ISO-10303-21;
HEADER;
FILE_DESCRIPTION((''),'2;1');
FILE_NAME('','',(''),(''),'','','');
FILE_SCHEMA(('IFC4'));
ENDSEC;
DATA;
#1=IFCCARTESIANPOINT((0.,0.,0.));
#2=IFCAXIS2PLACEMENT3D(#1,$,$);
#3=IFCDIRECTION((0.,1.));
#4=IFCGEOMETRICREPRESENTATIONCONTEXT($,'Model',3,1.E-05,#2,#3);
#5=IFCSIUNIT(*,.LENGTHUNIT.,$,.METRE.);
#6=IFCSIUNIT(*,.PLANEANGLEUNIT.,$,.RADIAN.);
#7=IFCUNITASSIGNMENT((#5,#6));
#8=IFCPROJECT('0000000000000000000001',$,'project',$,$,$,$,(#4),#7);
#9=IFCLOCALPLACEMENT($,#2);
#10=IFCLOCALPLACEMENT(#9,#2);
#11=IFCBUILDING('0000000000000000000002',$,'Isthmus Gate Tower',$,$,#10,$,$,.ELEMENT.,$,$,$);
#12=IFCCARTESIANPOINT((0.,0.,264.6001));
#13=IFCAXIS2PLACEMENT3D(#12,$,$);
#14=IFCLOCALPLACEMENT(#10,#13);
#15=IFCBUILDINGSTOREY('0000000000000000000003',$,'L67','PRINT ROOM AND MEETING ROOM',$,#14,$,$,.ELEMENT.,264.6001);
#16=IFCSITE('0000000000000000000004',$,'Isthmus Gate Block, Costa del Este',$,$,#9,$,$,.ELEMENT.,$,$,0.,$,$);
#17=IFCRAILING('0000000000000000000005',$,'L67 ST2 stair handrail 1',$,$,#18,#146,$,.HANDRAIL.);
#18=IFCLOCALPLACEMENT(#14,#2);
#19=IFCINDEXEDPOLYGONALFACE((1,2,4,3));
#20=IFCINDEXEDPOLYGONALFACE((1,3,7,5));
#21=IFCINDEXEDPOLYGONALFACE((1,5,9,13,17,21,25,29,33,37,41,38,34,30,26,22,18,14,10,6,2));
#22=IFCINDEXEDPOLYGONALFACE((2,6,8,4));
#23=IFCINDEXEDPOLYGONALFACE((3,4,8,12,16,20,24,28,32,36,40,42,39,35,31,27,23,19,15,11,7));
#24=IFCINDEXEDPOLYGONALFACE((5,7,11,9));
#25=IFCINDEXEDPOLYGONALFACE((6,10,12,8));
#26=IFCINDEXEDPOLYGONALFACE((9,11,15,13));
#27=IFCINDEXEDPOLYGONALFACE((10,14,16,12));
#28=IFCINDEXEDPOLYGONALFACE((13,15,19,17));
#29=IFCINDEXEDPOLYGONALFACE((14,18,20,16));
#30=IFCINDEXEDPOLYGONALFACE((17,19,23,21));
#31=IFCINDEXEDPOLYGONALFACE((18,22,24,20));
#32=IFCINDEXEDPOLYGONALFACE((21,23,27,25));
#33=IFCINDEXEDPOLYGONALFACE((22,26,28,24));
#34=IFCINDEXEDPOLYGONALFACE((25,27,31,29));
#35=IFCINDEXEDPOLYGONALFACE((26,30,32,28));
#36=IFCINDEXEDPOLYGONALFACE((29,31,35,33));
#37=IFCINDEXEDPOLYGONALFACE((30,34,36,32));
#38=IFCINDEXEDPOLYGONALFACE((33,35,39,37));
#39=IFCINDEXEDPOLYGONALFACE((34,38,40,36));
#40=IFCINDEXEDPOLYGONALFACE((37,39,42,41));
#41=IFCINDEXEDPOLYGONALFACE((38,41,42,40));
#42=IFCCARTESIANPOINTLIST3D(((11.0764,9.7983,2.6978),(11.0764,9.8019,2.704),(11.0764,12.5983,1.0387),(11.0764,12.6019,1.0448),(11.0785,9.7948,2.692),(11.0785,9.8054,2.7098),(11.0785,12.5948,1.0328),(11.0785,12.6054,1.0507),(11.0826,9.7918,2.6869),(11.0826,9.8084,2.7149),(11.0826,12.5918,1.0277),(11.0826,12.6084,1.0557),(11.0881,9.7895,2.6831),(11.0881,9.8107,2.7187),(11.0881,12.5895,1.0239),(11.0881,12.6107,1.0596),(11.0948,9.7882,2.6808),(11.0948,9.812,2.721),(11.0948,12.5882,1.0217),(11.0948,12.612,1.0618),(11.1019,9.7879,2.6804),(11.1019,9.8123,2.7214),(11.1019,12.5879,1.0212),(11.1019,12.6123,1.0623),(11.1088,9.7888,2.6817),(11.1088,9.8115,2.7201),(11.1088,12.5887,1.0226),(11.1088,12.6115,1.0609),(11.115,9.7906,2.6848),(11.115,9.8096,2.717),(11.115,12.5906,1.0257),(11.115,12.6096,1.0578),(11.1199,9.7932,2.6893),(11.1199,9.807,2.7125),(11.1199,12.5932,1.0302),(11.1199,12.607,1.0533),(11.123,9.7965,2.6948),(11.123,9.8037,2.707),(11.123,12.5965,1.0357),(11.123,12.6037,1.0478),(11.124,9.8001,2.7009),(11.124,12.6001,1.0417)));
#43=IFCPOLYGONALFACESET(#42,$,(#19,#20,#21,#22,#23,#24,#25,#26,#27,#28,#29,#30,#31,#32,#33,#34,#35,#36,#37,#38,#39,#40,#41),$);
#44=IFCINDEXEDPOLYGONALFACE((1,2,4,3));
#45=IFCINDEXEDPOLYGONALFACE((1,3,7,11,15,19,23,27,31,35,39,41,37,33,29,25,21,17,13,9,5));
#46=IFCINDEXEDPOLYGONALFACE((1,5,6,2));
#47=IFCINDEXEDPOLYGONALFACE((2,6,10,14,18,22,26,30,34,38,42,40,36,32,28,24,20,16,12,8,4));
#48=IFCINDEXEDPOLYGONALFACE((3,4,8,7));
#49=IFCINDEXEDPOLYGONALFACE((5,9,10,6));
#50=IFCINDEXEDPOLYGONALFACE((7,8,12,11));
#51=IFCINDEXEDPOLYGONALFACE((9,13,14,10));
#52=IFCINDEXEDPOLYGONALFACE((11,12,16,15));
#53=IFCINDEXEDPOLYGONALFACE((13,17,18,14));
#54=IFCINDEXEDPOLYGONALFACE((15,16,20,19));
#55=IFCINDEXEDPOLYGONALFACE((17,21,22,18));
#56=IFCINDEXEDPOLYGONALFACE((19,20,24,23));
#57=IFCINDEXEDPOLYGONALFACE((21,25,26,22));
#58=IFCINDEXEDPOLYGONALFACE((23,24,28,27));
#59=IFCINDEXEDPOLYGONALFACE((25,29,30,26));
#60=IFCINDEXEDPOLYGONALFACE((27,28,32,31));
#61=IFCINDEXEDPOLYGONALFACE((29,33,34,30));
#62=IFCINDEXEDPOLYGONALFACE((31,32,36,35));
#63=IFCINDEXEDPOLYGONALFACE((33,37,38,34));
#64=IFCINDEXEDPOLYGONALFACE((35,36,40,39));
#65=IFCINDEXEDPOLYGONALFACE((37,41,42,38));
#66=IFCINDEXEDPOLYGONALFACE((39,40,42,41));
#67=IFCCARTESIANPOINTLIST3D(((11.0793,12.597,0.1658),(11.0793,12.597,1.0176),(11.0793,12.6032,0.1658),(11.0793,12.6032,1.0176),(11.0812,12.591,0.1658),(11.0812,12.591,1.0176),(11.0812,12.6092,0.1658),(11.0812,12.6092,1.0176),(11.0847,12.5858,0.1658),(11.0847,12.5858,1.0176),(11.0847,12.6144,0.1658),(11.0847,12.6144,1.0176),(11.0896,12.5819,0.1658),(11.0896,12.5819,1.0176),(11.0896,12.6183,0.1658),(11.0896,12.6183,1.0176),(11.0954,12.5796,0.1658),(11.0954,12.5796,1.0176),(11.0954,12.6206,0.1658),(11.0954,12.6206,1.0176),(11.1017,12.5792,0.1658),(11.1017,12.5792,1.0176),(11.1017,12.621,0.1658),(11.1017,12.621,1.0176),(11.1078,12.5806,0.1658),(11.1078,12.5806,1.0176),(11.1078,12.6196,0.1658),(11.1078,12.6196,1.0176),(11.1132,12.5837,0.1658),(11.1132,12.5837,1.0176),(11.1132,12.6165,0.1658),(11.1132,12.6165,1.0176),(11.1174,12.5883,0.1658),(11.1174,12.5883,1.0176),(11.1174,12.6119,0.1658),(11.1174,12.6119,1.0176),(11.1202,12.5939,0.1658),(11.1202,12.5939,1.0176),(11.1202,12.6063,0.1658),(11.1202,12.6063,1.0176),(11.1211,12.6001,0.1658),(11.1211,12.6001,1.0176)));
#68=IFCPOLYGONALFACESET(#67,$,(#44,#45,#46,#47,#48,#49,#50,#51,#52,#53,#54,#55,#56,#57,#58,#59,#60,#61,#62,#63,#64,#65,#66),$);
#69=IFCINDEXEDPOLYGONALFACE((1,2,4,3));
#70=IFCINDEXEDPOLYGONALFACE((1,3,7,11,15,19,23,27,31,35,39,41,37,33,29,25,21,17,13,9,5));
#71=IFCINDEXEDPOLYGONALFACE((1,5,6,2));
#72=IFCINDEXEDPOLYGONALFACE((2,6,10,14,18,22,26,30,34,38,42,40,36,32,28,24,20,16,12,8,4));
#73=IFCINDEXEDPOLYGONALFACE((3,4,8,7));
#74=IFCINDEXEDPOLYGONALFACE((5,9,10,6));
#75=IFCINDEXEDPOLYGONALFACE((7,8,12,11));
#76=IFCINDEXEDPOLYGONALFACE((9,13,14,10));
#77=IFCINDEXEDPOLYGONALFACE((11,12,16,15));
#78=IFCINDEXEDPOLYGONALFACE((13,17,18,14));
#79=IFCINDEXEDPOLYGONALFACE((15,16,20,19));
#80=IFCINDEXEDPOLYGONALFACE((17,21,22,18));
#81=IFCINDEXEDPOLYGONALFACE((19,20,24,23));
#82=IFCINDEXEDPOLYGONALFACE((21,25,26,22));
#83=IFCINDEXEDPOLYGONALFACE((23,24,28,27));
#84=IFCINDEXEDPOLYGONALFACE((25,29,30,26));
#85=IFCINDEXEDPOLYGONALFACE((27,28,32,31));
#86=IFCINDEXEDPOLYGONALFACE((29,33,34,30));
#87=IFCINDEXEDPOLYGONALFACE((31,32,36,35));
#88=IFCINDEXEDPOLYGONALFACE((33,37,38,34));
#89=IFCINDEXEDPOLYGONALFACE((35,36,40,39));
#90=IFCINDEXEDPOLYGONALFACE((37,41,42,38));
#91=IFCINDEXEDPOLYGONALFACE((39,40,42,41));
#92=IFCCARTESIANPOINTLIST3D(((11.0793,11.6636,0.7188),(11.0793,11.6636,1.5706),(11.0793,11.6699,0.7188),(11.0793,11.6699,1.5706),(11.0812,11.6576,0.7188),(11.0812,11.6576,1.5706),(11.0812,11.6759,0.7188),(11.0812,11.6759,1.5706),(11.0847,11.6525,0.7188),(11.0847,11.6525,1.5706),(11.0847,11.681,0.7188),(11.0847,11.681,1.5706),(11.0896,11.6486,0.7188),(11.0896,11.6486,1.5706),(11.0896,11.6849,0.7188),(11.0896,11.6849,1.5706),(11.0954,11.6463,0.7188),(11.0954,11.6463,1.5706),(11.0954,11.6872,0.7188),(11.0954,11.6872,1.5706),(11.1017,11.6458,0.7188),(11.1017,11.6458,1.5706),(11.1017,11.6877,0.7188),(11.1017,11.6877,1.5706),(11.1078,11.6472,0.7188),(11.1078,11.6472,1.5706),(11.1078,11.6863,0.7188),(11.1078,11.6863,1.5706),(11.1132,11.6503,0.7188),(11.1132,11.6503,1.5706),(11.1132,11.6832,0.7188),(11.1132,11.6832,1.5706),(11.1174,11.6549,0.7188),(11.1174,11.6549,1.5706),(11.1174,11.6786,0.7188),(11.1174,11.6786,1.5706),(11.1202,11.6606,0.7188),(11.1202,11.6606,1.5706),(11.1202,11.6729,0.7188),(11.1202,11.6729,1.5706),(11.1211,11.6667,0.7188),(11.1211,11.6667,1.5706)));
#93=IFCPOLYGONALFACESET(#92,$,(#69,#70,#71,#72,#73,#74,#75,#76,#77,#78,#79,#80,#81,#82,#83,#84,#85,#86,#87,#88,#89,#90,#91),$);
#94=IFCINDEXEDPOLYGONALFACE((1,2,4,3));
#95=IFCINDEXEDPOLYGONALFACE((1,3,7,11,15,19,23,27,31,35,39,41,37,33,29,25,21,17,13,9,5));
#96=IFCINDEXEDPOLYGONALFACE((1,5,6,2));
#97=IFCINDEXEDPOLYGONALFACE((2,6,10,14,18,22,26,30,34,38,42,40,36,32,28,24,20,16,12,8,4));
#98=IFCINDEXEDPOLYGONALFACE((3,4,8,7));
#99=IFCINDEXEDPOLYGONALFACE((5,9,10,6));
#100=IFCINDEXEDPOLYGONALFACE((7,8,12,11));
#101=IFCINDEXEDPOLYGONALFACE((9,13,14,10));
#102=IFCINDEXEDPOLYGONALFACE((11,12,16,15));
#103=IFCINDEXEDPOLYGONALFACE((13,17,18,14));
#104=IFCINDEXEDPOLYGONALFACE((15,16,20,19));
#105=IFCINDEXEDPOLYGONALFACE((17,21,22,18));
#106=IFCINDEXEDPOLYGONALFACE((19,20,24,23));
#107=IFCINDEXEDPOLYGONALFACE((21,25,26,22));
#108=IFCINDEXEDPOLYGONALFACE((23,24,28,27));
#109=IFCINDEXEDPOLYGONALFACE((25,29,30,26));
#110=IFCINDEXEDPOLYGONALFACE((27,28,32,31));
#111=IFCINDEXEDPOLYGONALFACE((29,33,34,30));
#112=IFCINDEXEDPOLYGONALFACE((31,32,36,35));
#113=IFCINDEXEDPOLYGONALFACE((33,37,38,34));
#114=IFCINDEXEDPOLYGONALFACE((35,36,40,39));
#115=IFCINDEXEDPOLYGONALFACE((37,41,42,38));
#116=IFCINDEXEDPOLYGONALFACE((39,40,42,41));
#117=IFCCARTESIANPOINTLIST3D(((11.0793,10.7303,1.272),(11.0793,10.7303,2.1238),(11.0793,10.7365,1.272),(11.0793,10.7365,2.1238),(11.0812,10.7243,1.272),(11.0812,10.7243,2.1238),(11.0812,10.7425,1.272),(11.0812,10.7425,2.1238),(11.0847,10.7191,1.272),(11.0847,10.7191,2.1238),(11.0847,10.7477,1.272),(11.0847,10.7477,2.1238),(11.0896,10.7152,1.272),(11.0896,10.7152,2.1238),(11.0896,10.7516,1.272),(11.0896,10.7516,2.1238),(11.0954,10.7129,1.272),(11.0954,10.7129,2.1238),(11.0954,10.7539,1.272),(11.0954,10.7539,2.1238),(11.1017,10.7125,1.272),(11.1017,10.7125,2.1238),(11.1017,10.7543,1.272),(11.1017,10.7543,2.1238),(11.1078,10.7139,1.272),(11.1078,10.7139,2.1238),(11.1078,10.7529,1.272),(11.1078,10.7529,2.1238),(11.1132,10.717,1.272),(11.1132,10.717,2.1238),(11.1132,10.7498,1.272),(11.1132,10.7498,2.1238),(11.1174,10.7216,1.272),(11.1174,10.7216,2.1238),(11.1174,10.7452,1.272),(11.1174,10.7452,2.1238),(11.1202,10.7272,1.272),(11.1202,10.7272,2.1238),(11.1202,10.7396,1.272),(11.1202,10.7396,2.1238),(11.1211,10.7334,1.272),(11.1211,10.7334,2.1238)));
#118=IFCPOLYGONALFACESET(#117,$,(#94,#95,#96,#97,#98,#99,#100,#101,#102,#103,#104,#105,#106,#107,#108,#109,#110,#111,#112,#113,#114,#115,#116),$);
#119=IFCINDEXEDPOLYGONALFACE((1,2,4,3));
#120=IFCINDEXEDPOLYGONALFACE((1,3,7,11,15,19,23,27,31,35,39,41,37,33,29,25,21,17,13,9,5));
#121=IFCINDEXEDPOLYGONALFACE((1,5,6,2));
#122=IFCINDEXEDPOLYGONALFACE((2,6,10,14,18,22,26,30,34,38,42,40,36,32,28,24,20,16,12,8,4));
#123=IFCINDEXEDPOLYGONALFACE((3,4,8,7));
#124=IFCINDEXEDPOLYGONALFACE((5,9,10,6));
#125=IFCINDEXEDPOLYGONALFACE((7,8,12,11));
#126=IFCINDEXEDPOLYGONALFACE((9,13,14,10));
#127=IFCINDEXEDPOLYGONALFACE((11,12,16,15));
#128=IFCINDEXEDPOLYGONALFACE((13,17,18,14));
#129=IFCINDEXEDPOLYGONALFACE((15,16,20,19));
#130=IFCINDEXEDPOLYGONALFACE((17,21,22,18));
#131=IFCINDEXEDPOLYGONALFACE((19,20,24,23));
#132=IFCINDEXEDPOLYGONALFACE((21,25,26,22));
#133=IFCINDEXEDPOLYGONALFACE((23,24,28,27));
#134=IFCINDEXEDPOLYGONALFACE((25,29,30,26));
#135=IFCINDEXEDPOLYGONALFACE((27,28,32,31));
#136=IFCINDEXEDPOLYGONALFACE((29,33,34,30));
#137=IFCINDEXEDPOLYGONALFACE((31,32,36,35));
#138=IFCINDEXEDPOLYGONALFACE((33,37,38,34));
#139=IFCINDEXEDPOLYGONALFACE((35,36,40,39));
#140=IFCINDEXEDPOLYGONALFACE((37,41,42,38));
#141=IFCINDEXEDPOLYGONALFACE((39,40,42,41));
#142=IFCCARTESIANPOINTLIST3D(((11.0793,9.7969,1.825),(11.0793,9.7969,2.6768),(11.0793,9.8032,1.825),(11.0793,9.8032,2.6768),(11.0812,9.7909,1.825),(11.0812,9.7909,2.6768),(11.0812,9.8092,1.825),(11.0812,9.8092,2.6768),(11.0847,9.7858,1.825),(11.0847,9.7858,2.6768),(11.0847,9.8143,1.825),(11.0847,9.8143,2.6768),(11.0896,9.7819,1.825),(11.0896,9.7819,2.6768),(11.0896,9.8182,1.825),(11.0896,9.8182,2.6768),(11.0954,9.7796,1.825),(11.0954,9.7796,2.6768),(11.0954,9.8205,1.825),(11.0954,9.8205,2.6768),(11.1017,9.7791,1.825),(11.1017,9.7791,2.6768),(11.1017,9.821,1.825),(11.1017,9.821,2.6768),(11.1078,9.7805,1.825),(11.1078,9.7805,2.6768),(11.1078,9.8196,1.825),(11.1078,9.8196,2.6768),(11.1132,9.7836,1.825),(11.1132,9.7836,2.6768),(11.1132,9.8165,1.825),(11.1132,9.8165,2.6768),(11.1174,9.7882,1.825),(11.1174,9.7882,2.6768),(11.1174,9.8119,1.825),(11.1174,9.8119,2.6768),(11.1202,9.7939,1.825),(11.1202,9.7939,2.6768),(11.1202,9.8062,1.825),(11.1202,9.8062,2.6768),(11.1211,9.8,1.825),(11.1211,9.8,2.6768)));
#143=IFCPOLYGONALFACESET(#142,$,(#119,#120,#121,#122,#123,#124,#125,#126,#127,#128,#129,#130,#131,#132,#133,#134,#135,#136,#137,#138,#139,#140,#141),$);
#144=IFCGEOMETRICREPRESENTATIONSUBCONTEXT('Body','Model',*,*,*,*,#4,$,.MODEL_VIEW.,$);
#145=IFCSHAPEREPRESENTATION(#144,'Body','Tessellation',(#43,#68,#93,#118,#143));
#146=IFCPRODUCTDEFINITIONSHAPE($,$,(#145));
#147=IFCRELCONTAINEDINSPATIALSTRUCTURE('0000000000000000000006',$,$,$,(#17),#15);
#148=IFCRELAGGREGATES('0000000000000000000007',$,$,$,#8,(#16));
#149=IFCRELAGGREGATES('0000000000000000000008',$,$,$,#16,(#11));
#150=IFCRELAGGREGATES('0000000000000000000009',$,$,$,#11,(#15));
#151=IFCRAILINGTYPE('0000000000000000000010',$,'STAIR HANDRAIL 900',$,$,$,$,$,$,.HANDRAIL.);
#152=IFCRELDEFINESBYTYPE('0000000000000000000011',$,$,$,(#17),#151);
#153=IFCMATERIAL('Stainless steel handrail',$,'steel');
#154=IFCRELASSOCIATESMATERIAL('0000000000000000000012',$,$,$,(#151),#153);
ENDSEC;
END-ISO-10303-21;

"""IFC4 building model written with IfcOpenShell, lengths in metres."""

from ifc_helpers import new_model, si_unit, direction, frame, origin, origin_2d, place, context, subcontext, project, spatial, circle, extrude, material, type_object, element, save


model = new_model("IFC4")

# Units and contexts
model_context = context("Model", 3, precision=1e-05, world=origin(), true_north=direction((0.0, 1.0)))
body_context = subcontext(model_context, "Body", "Model", "MODEL_VIEW")
ifc_project = project(units=[si_unit("LENGTHUNIT", "METRE"), si_unit("PLANEANGLEUNIT", "RADIAN")], contexts=[model_context])

# Site, building, storey
site_placement = place(None, origin())
site = spatial("IfcSite", under=ifc_project, at=site_placement, Name="Isthmus Gate Block, Costa del Este", CompositionType="ELEMENT", RefElevation=0.0)
building_placement = place(site_placement, origin())
building = spatial("IfcBuilding", under=site, at=building_placement, Name="Isthmus Gate Tower", CompositionType="ELEMENT")
storey_placement = place(building_placement, frame((0.0, 0.0, 264.6001)))
storey = spatial("IfcBuildingStorey", under=building, at=storey_placement, Name="L67", Description="PRINT ROOM AND MEETING ROOM", CompositionType="ELEMENT", Elevation=264.6001)

# Railing
ifc_material_1 = material(Name="Stainless steel handrail", Category="steel")
railing_type_1 = type_object("IfcRailingType", Name="STAIR HANDRAIL 900", PredefinedType="HANDRAIL", material=ifc_material_1)
for number, where, name in (
    (1, (11.1001, 12.6001, 0.1658), "L67 ST2 stair handrail 1"),
):
    element("IfcRailing", number, at=place(storey_placement, frame(where)), inside=storey, type_object=railing_type_1, Name=name, PredefinedType="HANDRAIL", context=body_context, shape_type="SweptSolid", body=[
        extrude(circle(Radius=0.0239, at=origin_2d()), frame((0.0, 0.0, 0.876), z_axis=(0.0, -0.860306, 0.509778), x_axis=(1.0, 0.0, 0.0)), (0.0, 0.0, 1.0), 3.2546),
        extrude(circle(Radius=0.021, at=origin_2d()), origin(), (0.0, 0.0, 1.0), 0.8518),
        extrude(circle(Radius=0.021, at=origin_2d()), frame((0.0, -0.9333, 0.553)), (0.0, 0.0, 1.0), 0.8518),
        extrude(circle(Radius=0.021, at=origin_2d()), frame((0.0, -1.8667, 1.1062)), (0.0, 0.0, 1.0), 0.8518),
        extrude(circle(Radius=0.021, at=origin_2d()), frame((0.0, -2.8, 1.6592)), (0.0, 0.0, 1.0), 0.8518),
    ])

save(model, "model.ifc")
